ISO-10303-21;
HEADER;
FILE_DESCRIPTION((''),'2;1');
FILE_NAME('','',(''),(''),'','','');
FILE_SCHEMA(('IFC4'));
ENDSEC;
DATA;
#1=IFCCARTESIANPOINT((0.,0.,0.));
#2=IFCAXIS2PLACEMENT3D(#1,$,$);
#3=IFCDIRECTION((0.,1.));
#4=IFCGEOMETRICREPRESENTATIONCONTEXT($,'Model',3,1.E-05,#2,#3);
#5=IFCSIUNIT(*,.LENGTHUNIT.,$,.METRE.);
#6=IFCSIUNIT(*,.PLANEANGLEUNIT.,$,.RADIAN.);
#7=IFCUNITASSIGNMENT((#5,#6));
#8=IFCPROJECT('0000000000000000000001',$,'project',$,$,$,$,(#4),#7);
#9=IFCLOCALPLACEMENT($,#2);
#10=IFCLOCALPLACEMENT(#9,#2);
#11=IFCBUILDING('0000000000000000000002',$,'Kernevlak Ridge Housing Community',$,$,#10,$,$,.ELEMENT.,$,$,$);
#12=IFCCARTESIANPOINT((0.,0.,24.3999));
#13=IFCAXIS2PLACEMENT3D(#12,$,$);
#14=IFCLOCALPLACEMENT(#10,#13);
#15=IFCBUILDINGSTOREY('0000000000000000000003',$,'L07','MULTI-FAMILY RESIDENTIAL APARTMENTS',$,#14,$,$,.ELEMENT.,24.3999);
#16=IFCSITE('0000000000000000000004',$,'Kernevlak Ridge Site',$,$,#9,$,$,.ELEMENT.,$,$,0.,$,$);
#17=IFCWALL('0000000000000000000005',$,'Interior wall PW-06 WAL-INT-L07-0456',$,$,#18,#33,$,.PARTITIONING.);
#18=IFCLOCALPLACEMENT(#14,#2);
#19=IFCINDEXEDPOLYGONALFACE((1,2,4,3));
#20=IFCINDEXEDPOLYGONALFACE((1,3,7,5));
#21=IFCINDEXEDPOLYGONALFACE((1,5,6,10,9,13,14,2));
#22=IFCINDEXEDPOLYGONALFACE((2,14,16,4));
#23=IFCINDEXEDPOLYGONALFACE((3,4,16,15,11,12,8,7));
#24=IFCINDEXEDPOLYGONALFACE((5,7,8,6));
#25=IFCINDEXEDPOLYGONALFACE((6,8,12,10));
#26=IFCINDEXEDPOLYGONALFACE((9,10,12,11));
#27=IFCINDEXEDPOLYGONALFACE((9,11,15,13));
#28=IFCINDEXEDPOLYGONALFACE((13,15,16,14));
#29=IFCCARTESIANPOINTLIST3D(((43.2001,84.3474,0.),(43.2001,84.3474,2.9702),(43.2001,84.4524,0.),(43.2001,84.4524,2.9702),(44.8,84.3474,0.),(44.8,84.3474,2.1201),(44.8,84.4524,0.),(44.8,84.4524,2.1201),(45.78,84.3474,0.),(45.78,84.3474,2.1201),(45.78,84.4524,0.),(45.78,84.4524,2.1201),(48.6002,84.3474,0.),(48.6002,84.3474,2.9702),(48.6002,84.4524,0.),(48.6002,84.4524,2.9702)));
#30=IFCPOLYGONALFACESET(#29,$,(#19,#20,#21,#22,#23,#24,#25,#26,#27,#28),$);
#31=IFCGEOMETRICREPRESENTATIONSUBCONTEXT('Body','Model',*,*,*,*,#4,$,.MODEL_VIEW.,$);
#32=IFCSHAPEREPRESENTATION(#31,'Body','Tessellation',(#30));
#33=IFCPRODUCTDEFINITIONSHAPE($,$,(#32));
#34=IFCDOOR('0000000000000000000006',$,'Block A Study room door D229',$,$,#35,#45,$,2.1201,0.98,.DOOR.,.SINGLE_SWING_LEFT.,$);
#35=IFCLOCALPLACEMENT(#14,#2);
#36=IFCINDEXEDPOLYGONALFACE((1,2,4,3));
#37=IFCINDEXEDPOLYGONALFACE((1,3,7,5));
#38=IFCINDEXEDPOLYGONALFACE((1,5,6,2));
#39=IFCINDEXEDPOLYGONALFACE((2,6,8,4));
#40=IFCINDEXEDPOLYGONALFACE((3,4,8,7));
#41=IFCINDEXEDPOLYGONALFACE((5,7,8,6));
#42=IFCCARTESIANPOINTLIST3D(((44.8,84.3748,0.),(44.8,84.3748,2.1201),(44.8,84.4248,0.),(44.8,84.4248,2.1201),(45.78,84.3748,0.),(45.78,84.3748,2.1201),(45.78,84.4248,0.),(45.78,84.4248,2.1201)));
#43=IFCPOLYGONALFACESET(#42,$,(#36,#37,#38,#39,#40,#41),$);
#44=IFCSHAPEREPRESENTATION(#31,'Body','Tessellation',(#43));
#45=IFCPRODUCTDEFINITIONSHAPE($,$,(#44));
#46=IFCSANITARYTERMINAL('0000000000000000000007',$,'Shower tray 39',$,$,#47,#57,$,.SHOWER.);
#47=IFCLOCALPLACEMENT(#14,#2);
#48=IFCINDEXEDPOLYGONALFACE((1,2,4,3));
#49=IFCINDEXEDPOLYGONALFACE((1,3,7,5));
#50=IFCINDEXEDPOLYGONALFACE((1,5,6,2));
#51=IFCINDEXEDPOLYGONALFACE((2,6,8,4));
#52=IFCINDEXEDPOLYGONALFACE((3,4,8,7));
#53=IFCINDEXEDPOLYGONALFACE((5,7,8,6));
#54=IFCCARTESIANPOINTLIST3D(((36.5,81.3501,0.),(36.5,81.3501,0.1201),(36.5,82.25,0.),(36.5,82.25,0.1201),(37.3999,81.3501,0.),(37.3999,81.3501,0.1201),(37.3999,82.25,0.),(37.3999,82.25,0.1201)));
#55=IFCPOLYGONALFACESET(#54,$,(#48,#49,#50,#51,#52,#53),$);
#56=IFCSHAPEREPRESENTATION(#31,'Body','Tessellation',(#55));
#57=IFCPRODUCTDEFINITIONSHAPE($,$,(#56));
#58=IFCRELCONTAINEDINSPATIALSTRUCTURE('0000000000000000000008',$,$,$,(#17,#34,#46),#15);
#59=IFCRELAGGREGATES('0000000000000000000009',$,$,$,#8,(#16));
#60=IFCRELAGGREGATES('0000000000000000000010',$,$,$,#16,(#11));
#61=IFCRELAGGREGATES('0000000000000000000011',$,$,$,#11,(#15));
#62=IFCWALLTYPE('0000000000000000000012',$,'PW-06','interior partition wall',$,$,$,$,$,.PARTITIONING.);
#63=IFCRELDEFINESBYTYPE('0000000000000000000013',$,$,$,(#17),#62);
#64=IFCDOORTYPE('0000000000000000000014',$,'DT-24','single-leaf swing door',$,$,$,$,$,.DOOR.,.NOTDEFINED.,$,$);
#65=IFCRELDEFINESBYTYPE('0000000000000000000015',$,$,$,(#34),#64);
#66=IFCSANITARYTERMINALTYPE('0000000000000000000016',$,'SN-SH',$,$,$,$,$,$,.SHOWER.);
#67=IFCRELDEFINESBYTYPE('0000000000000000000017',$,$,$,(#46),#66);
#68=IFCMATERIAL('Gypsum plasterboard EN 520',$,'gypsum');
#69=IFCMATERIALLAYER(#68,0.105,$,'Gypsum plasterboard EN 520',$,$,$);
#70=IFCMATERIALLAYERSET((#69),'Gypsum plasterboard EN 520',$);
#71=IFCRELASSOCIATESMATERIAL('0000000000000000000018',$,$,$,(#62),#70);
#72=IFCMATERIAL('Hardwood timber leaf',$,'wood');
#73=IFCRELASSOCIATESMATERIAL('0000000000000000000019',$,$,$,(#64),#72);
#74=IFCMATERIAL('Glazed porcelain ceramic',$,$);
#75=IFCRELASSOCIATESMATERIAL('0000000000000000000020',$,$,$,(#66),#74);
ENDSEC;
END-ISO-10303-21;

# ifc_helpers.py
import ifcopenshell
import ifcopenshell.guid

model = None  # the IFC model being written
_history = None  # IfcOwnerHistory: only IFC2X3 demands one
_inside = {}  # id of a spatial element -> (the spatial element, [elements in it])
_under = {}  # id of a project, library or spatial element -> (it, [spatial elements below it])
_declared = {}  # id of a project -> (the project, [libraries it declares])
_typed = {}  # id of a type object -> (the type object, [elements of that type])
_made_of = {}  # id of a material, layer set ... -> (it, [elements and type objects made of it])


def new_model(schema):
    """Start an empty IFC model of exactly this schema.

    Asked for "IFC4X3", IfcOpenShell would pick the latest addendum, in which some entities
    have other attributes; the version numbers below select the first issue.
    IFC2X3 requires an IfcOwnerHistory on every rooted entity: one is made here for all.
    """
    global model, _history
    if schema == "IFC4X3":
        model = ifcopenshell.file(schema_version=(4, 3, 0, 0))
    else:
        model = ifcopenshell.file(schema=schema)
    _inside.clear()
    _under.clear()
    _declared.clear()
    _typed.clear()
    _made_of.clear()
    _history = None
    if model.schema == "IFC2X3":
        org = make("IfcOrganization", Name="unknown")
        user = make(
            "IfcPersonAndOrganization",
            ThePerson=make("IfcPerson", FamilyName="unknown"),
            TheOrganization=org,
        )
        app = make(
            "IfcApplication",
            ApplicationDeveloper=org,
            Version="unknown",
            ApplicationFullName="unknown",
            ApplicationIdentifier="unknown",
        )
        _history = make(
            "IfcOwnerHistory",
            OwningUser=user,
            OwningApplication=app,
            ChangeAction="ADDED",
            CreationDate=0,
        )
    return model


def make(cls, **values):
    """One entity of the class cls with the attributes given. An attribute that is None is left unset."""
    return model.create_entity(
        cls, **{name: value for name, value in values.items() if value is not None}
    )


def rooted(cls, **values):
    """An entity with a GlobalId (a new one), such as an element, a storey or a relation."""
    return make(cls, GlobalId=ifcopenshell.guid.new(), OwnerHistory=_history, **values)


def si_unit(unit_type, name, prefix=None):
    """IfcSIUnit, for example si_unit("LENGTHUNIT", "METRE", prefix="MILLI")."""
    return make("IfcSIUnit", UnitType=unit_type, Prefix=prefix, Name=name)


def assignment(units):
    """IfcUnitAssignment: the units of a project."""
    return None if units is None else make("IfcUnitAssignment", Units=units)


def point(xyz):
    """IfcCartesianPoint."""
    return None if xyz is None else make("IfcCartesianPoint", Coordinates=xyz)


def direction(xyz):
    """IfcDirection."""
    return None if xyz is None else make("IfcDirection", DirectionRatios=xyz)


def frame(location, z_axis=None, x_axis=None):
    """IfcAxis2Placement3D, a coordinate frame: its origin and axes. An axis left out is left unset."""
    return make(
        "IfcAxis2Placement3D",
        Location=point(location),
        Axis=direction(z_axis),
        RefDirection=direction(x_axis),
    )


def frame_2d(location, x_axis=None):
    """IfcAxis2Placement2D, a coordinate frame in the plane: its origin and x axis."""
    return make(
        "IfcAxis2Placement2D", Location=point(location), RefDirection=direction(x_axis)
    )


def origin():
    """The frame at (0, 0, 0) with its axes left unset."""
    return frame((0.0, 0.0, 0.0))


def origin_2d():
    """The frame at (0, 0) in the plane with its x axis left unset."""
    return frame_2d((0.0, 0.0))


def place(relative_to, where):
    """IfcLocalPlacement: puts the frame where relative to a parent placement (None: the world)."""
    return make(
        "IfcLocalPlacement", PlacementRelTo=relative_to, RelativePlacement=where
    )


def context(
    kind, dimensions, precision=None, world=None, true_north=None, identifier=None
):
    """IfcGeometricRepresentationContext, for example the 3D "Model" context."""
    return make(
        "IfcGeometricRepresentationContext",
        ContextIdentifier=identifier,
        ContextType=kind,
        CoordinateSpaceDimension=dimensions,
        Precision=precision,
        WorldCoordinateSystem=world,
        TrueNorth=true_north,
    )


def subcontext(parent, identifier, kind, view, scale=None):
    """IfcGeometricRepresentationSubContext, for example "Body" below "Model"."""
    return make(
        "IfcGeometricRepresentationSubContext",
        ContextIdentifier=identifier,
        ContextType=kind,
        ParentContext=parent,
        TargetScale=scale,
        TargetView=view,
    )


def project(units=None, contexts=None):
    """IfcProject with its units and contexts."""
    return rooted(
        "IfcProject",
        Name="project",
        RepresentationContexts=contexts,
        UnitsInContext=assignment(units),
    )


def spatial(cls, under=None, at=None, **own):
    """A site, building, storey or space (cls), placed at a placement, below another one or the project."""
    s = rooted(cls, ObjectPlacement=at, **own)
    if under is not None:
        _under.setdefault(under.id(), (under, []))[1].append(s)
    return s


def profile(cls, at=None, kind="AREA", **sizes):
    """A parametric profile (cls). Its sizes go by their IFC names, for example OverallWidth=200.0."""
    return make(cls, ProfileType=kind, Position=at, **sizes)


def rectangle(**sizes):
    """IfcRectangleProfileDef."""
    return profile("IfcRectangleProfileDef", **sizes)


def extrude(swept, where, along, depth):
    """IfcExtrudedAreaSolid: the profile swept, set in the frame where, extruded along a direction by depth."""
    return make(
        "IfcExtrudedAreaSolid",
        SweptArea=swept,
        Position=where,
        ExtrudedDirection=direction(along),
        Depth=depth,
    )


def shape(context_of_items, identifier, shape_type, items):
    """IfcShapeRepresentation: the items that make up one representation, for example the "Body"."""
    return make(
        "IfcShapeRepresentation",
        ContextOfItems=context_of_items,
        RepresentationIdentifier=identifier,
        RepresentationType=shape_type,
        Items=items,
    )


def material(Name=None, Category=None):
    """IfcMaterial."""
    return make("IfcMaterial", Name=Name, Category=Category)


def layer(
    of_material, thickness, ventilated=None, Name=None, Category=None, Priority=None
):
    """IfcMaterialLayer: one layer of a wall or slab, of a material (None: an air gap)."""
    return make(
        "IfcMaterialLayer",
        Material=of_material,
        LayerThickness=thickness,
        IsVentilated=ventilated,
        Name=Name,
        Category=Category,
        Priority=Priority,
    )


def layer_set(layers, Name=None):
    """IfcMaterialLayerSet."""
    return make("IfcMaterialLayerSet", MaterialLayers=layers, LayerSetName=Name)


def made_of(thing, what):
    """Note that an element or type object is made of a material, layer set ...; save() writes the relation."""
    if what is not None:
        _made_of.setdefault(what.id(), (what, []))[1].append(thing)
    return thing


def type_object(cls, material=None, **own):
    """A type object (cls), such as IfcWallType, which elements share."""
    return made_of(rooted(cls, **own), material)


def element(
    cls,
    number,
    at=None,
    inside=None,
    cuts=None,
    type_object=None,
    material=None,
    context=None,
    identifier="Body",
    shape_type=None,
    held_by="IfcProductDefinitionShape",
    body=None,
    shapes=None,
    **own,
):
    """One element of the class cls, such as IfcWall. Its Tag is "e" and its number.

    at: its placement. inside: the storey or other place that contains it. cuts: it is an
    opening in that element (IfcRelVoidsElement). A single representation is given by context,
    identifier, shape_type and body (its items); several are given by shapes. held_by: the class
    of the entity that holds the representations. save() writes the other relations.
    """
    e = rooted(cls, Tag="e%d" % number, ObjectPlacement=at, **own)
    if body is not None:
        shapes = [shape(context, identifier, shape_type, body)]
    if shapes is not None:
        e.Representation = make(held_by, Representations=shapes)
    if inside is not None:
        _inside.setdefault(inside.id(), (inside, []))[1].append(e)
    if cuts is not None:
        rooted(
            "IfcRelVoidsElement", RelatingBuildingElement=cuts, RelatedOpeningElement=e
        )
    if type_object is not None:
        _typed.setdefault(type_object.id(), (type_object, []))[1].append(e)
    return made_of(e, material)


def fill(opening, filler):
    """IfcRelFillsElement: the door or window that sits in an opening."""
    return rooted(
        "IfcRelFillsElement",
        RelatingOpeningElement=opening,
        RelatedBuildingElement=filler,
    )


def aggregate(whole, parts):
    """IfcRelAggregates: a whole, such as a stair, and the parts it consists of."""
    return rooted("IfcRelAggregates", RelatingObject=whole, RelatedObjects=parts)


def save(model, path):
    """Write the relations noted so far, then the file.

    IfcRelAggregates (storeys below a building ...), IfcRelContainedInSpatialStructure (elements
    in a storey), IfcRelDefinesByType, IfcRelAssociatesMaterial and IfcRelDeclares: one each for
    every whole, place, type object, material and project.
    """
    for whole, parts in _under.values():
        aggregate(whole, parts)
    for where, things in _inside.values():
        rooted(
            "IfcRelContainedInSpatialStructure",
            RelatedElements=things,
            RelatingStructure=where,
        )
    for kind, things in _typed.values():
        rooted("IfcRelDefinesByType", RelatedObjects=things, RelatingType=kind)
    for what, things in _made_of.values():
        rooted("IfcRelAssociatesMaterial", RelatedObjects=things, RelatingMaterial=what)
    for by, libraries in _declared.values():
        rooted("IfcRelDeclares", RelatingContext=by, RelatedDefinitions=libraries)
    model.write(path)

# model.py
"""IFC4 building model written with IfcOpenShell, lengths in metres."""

from ifc_helpers import new_model, si_unit, direction, frame, frame_2d, origin, origin_2d, place, context, subcontext, project, spatial, rectangle, extrude, material, layer, layer_set, type_object, element, fill, save


model = new_model("IFC4")

# Units and contexts
model_context = context("Model", 3, precision=1e-05, world=origin(), true_north=direction((0.0, 1.0)))
body_context = subcontext(model_context, "Body", "Model", "MODEL_VIEW")
ifc_project = project(units=[si_unit("LENGTHUNIT", "METRE"), si_unit("PLANEANGLEUNIT", "RADIAN")], contexts=[model_context])

# Site, building, storey
site_placement = place(None, origin())
site = spatial("IfcSite", under=ifc_project, at=site_placement, Name="Kernevlak Ridge Site", CompositionType="ELEMENT", RefElevation=0.0)
building_placement = place(site_placement, origin())
building = spatial("IfcBuilding", under=site, at=building_placement, Name="Kernevlak Ridge Housing Community", CompositionType="ELEMENT")
storey_placement = place(building_placement, frame((0.0, 0.0, 24.3999)))
storey = spatial("IfcBuildingStorey", under=building, at=storey_placement, Name="L07", Description="MULTI-FAMILY RESIDENTIAL APARTMENTS", CompositionType="ELEMENT", Elevation=24.3999)

# Wall, opening, door
ifc_material_1 = material(Name="Hardwood timber leaf", Category="wood")
ifc_material_2 = material(Name="Gypsum plasterboard EN 520", Category="gypsum")
ifc_layer_1 = layer(ifc_material_2, 0.105, Name="Gypsum plasterboard EN 520")
ifc_layer_set_1 = layer_set([ifc_layer_1], Name="Gypsum plasterboard EN 520")
wall_type_1 = type_object("IfcWallType", Name="PW-06", Description="interior partition wall", PredefinedType="PARTITIONING", material=ifc_layer_set_1)
wall_1_placement = place(storey_placement, frame((43.2, 84.3999, 0.0), z_axis=(0.0, 0.0, 1.0), x_axis=(1.0, 0.0, 0.0)))
wall_1 = element("IfcWall", 1, at=wall_1_placement, inside=storey, type_object=wall_type_1, Name="Interior wall PW-06 WAL-INT-L07-0456", PredefinedType="PARTITIONING", context=body_context, shape_type="SweptSolid", body=[
    extrude(rectangle(XDim=5.4001, YDim=0.105, at=frame_2d((2.7002, 0.0))), origin(), (0.0, 0.0, 1.0), 2.9702),
])
opening_1_placement = place(wall_1_placement, frame((1.6001, 0.0, 0.0)))
opening_1 = element("IfcOpeningElement", 2, at=opening_1_placement, cuts=wall_1, PredefinedType="OPENING", context=body_context, shape_type="SweptSolid", body=[
    extrude(rectangle(XDim=0.98, YDim=2.1201, at=frame_2d((0.49, 1.0601))), frame((0.0, 0.0625, 0.0), z_axis=(0.0, -1.0, 0.0), x_axis=(1.0, 0.0, 0.0)), (0.0, 0.0, 1.0), 0.125),
])
door_type_1 = type_object("IfcDoorType", Name="DT-24", Description="single-leaf swing door", OperationType="NOTDEFINED", PredefinedType="DOOR", material=ifc_material_1)
door_1_placement = place(opening_1_placement, origin())
door_1 = element("IfcDoor", 3, at=door_1_placement, inside=storey, type_object=door_type_1, Name="Block A Study room door D229", OperationType="SINGLE_SWING_LEFT", OverallHeight=2.1201, OverallWidth=0.98, PredefinedType="DOOR", context=body_context, shape_type="SweptSolid", body=[
    extrude(rectangle(XDim=0.98, YDim=2.1201, at=frame_2d((0.49, 1.0601))), frame((0.0, 0.0249, 0.0), z_axis=(0.0, -1.0, 0.0), x_axis=(1.0, 0.0, 0.0)), (0.0, 0.0, 1.0), 0.05),
])
fill(opening_1, door_1)

# Sanitary terminal
ifc_material_3 = material(Name="Glazed porcelain ceramic")
sanitary_terminal_type = type_object("IfcSanitaryTerminalType", Name="SN-SH", PredefinedType="SHOWER", material=ifc_material_3)
sanitary_terminal_placement = place(storey_placement, frame((36.95, 81.8, 0.0), z_axis=(0.0, 0.0, 1.0), x_axis=(1.0, 0.0, 0.0)))
element("IfcSanitaryTerminal", 4, at=sanitary_terminal_placement, inside=storey, type_object=sanitary_terminal_type, Name="Shower tray 39", PredefinedType="SHOWER", context=body_context, shape_type="SweptSolid", body=[
    extrude(rectangle(XDim=0.8999, YDim=0.8999, at=origin_2d()), origin(), (0.0, 0.0, 1.0), 0.1201),
])

save(model, "model.ifc")
